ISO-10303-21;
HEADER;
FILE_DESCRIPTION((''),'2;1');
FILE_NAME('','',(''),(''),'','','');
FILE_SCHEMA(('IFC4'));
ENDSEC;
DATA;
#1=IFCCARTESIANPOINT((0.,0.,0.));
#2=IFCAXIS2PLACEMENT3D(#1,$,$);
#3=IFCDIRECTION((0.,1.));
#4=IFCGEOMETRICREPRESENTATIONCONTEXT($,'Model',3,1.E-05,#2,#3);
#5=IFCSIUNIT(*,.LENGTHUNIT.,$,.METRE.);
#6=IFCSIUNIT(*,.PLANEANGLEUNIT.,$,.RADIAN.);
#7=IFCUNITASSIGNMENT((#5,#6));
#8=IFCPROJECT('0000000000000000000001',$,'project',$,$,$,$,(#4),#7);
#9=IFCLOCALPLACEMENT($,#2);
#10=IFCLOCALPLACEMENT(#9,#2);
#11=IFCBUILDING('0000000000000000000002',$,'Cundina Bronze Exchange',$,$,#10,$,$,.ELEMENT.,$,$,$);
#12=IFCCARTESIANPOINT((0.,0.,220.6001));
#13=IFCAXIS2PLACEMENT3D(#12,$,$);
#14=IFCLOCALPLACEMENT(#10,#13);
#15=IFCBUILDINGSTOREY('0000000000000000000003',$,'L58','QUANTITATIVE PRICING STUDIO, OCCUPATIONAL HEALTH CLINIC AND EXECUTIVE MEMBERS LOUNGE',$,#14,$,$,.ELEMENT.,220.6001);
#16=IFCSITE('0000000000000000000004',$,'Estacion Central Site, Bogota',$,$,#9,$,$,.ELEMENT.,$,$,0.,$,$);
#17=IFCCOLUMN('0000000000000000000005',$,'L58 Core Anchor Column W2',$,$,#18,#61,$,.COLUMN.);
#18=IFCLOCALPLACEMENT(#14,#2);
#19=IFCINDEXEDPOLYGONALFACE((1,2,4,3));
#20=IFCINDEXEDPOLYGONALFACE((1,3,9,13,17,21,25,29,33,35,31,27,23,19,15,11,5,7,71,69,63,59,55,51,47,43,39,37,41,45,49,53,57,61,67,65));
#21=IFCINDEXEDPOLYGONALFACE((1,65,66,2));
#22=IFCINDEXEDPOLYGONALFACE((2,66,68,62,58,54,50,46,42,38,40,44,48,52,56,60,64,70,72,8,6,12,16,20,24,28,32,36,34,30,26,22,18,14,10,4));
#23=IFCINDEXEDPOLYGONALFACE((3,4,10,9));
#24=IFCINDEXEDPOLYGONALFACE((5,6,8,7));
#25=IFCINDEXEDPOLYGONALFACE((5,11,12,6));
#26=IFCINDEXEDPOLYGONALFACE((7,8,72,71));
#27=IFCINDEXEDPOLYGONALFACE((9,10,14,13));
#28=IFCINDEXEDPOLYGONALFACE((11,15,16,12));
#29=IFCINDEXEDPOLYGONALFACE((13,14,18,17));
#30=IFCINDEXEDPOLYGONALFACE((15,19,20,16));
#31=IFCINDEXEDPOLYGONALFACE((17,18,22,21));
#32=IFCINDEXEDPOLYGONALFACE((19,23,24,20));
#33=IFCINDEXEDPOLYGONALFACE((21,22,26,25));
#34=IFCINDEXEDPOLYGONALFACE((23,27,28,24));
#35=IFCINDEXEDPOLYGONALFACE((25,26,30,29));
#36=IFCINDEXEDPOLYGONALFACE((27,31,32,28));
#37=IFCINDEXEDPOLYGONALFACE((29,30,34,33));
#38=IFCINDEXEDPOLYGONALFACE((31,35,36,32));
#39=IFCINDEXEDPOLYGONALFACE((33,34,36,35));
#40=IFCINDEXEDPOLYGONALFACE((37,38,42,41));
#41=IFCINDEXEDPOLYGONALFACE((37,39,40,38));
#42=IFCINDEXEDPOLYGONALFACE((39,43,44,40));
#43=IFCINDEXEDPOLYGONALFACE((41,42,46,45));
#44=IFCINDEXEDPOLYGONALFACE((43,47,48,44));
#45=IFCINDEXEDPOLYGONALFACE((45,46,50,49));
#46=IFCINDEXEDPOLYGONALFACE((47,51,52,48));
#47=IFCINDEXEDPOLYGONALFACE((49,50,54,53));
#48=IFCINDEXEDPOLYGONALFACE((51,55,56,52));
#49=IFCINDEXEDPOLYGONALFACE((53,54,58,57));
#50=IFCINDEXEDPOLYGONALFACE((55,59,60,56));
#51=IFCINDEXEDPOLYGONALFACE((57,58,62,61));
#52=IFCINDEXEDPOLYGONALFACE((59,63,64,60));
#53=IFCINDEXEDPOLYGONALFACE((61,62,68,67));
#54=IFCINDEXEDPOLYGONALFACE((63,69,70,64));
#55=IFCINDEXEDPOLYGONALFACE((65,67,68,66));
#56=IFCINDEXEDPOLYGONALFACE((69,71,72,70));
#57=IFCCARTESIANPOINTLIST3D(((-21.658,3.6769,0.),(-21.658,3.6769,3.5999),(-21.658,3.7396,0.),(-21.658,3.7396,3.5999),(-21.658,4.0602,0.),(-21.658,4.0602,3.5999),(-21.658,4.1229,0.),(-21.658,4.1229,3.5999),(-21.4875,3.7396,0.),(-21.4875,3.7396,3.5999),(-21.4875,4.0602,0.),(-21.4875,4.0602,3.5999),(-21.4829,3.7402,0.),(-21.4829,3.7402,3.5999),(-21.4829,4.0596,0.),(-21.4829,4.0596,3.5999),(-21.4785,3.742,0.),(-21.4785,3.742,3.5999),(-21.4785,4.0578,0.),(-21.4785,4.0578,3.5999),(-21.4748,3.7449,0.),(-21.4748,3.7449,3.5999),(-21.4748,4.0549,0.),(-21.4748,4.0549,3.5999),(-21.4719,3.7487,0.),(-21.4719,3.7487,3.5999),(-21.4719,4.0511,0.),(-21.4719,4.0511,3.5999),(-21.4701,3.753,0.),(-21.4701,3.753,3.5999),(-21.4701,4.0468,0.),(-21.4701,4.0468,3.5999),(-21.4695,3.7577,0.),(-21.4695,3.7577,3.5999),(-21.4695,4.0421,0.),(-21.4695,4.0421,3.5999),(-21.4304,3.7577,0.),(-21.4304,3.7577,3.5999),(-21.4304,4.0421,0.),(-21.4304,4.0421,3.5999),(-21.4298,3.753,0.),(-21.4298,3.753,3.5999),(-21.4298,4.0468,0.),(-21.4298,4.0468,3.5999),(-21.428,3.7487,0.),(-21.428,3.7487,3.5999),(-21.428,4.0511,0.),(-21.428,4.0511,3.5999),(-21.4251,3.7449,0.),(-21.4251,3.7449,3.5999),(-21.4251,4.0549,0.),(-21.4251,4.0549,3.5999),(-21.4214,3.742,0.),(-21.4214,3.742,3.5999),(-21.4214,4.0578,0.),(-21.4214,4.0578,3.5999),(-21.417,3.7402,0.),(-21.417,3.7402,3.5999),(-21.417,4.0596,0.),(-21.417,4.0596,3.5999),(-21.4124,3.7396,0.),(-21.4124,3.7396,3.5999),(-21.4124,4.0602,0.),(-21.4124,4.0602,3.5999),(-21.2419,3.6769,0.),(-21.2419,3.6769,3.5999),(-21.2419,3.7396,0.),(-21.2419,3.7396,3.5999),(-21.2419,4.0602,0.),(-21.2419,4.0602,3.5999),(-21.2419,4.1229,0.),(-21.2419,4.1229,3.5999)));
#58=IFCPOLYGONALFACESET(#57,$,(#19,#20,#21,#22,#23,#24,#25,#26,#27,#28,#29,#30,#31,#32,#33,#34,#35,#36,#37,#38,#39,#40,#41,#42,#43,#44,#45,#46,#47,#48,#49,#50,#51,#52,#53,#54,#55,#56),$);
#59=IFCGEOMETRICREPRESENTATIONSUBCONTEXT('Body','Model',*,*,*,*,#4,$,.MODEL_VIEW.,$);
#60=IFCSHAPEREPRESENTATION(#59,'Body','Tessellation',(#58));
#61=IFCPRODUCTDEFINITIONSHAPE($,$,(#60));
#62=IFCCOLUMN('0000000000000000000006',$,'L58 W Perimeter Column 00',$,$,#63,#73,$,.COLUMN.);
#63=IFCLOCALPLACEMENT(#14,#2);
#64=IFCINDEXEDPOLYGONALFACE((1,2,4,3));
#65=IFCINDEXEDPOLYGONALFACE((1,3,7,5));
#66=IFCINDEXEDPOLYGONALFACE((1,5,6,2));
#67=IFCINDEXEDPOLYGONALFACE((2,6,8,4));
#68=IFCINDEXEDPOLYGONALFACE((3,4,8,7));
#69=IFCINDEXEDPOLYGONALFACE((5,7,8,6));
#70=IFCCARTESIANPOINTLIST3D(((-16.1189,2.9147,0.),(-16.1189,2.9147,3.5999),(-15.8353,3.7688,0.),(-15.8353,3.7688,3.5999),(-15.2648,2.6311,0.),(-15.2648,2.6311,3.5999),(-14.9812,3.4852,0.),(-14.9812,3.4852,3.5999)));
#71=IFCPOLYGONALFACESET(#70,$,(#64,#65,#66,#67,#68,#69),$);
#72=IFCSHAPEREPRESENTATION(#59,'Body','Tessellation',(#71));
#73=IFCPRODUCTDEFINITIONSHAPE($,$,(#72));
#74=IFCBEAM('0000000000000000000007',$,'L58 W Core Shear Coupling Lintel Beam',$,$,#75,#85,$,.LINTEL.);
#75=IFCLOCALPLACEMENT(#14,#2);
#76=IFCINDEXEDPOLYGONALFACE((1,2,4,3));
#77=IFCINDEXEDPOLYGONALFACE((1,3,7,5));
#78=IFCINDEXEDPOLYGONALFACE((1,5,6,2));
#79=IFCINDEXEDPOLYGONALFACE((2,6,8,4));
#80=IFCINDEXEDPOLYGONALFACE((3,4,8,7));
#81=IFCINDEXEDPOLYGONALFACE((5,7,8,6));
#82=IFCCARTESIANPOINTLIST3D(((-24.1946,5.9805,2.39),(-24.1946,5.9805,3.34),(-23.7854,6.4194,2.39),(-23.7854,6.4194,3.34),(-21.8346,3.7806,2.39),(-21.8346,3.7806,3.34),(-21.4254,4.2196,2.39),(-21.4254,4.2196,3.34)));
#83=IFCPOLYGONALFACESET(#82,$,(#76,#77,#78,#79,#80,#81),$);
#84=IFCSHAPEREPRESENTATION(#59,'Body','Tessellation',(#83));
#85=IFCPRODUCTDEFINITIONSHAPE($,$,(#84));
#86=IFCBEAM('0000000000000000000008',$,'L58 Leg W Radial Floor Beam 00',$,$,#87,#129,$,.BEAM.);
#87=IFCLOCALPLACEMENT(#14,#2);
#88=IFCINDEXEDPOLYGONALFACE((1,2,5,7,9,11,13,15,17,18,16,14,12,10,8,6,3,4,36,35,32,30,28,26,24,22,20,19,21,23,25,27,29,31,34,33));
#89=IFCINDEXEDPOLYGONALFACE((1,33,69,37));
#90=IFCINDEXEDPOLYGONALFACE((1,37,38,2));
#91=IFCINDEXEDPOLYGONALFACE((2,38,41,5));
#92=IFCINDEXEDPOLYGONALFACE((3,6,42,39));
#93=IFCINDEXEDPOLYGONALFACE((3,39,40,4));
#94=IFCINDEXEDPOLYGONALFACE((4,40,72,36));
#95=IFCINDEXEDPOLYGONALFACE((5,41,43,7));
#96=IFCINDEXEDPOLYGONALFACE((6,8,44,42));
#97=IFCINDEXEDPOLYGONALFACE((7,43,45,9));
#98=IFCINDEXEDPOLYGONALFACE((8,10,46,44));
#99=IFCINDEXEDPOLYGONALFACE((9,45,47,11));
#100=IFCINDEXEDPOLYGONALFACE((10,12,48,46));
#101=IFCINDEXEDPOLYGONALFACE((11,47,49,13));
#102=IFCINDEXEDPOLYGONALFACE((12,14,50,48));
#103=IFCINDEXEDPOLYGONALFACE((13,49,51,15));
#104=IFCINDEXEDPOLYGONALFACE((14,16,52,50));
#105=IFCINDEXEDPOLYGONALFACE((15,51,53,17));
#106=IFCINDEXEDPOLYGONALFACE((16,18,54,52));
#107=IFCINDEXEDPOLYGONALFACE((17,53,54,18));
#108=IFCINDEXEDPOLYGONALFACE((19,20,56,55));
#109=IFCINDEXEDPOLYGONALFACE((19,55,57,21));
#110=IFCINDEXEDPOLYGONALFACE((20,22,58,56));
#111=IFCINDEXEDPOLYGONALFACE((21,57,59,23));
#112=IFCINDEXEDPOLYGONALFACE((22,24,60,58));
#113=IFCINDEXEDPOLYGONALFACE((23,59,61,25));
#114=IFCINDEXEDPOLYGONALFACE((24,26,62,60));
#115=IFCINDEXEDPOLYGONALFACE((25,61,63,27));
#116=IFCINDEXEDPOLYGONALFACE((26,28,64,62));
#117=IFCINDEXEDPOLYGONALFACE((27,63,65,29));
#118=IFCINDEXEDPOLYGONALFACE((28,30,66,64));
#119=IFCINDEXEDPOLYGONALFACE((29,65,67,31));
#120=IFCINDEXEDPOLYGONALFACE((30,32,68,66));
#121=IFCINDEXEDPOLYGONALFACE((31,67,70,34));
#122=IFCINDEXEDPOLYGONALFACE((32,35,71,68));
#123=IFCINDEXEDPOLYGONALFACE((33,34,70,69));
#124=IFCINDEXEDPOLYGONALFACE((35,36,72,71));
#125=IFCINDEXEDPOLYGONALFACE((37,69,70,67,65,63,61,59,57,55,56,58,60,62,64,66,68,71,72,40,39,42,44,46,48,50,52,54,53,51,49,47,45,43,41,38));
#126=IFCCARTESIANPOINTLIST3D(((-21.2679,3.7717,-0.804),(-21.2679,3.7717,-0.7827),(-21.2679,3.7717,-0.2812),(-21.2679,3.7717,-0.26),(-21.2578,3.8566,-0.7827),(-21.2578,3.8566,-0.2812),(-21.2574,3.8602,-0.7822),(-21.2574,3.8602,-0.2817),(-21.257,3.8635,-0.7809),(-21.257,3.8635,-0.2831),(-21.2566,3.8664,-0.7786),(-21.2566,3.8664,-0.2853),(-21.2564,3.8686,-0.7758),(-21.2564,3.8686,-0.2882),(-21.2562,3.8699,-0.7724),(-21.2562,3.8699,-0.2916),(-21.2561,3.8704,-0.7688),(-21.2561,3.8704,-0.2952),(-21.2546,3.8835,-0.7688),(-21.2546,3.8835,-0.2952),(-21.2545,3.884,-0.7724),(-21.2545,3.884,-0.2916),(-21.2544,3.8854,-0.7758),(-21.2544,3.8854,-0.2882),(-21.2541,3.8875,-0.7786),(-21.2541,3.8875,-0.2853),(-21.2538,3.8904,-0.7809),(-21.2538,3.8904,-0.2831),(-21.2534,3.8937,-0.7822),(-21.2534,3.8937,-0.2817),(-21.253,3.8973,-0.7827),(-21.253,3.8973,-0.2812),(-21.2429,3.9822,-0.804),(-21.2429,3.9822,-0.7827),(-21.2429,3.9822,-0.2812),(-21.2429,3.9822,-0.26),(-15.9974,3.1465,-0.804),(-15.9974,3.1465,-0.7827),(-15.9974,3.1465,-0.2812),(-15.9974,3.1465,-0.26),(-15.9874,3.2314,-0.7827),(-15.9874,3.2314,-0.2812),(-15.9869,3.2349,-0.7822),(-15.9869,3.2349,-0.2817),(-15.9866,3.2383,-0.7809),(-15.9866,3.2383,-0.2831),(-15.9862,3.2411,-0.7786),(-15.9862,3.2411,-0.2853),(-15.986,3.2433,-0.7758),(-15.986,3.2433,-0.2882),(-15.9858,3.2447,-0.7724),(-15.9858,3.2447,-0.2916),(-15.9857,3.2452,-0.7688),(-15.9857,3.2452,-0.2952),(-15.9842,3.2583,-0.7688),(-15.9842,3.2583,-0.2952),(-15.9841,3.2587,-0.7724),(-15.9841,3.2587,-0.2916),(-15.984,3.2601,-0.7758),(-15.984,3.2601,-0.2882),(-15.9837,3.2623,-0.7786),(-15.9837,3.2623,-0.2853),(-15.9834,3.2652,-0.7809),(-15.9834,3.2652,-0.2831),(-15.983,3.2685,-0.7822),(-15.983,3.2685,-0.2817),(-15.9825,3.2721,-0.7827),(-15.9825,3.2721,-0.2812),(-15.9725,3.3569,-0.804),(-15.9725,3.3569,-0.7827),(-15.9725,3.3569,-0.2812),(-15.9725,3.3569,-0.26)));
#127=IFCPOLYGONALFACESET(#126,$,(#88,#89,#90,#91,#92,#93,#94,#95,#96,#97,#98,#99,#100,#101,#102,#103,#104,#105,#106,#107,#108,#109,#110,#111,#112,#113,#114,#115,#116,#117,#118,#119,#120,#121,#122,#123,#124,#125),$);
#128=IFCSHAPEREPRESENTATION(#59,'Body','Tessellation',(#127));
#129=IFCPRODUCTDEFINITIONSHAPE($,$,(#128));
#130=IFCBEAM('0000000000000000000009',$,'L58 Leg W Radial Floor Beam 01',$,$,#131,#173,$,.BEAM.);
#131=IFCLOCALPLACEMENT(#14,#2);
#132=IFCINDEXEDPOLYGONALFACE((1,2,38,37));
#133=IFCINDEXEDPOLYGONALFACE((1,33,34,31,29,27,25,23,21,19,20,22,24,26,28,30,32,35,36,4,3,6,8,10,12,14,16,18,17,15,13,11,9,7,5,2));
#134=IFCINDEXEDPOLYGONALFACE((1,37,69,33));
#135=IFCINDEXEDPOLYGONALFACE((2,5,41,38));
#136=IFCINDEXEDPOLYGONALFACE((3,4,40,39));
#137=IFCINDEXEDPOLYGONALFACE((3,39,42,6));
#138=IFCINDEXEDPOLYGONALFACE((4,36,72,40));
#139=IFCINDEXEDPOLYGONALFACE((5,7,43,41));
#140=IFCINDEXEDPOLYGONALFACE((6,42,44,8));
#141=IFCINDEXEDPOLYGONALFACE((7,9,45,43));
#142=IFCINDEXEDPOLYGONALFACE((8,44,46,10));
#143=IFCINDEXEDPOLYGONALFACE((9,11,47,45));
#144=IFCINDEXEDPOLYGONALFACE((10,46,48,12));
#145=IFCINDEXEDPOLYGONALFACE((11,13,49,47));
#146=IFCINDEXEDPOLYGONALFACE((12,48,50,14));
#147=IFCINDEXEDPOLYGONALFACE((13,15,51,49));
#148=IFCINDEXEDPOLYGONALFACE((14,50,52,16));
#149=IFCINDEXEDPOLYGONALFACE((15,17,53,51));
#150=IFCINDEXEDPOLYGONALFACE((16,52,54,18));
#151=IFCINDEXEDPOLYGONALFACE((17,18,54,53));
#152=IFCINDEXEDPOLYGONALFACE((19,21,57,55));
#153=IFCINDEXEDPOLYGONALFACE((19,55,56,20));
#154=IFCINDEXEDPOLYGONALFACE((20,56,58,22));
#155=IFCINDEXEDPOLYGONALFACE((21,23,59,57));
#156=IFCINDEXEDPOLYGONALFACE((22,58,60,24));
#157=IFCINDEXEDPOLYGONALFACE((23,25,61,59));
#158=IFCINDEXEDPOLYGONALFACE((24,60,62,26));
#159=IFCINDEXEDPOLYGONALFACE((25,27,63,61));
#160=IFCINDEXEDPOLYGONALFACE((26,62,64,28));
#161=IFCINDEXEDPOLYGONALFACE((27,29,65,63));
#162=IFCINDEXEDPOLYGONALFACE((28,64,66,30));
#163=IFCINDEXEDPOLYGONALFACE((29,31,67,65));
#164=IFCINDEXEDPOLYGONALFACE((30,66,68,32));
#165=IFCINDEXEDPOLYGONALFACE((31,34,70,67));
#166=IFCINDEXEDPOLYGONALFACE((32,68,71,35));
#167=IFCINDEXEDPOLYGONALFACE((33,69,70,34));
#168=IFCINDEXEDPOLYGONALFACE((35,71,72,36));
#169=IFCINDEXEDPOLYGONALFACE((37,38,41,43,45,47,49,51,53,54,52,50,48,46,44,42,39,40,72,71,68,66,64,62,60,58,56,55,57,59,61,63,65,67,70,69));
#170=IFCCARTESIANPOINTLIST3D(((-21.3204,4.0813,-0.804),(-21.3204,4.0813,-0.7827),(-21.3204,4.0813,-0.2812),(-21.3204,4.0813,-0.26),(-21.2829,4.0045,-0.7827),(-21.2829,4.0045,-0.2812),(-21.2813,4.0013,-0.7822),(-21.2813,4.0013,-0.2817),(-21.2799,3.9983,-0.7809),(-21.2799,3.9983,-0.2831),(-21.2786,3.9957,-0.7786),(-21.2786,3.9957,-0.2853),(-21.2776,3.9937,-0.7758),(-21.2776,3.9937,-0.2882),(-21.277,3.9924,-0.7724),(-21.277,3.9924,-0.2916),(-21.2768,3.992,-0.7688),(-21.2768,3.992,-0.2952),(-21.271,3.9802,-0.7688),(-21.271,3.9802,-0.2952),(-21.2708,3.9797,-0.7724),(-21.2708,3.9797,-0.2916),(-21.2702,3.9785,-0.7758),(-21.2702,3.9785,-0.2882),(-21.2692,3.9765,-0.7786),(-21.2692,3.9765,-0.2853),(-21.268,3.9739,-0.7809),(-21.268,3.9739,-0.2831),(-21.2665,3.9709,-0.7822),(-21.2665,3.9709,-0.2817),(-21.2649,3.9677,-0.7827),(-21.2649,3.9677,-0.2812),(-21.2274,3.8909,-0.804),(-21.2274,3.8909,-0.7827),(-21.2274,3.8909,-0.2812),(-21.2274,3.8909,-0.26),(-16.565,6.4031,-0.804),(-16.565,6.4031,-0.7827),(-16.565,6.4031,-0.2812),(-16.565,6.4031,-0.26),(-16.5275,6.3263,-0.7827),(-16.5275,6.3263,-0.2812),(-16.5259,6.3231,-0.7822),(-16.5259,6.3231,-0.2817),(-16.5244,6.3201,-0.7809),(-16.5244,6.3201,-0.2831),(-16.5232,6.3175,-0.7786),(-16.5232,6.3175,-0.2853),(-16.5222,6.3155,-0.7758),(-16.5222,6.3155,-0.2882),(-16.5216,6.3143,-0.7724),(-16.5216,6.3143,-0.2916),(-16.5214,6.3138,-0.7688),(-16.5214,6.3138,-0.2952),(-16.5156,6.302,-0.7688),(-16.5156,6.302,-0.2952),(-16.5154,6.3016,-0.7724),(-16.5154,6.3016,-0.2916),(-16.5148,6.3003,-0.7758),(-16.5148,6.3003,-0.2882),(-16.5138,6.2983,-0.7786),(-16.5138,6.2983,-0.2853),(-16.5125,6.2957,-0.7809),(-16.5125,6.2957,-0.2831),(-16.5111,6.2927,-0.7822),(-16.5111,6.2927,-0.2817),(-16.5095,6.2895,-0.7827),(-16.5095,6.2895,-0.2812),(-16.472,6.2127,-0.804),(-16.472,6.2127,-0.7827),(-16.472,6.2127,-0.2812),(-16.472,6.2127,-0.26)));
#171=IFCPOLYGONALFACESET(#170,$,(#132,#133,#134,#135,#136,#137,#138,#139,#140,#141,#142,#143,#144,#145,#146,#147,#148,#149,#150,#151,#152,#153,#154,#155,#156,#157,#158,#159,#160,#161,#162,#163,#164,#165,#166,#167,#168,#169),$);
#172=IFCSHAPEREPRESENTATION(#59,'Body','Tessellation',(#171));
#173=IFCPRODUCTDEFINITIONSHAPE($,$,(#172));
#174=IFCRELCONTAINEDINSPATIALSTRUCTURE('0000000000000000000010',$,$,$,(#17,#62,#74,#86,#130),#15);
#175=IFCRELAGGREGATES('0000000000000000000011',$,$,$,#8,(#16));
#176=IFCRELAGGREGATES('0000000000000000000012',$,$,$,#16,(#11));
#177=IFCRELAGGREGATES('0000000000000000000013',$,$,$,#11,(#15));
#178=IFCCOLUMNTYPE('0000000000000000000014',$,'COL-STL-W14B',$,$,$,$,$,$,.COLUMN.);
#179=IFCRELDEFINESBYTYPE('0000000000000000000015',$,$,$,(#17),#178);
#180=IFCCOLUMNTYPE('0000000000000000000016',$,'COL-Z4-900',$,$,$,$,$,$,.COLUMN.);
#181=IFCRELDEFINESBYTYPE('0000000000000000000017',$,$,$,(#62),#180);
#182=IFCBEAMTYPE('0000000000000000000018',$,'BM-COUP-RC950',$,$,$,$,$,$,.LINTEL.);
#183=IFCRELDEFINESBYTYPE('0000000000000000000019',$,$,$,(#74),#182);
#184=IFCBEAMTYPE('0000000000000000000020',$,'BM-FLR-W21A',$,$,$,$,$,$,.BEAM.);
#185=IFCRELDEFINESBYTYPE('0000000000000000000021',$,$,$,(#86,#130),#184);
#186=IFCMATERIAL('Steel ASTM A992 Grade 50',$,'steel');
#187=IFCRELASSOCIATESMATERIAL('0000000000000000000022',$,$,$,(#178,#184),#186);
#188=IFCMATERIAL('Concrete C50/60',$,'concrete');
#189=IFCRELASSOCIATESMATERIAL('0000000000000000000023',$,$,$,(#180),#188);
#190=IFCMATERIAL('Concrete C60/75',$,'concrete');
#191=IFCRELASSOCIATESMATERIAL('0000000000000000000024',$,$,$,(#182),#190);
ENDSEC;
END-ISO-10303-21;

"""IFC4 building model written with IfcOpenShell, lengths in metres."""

from ifc_helpers import new_model, si_unit, direction, frame, origin, origin_2d, place, context, subcontext, project, spatial, rectangle, i_section, extrude, material, material_profile, profile_set, type_object, element, save


model = new_model("IFC4")

# Units and contexts
model_context = context("Model", 3, precision=1e-05, world=origin(), true_north=direction((0.0, 1.0)))
body_context = subcontext(model_context, "Body", "Model", "MODEL_VIEW")
ifc_project = project(units=[si_unit("LENGTHUNIT", "METRE"), si_unit("PLANEANGLEUNIT", "RADIAN")], contexts=[model_context])

# Site, building, storey
site_placement = place(None, origin())
site = spatial("IfcSite", under=ifc_project, at=site_placement, Name="Estacion Central Site, Bogota", CompositionType="ELEMENT", RefElevation=0.0)
building_placement = place(site_placement, origin())
building = spatial("IfcBuilding", under=site, at=building_placement, Name="Cundina Bronze Exchange", CompositionType="ELEMENT")
storey_placement = place(building_placement, frame((0.0, 0.0, 220.6001)))
storey = spatial("IfcBuildingStorey", under=building, at=storey_placement, Name="L58", Description="QUANTITATIVE PRICING STUDIO, OCCUPATIONAL HEALTH CLINIC AND EXECUTIVE MEMBERS LOUNGE", CompositionType="ELEMENT", Elevation=220.6001)

# Columns
ifc_material_1 = material(Name="Steel ASTM A992 Grade 50", Category="steel")
ifc_material_profile_1 = material_profile(ifc_material_1, i_section(OverallWidth=0.416, OverallDepth=0.446, WebThickness=0.0391, FlangeThickness=0.0627, FilletRadius=0.0181, at=origin_2d()), Name="W14X342", Category="steel")
ifc_profile_set_1 = profile_set([ifc_material_profile_1], Name="Steel ASTM A992 Grade 50")
column_type_1 = type_object("IfcColumnType", Name="COL-STL-W14B", PredefinedType="COLUMN", material=ifc_profile_set_1)
column_1_placement = place(storey_placement, frame((-21.45, 3.8999, 0.0), z_axis=(0.0, 0.0, 1.0), x_axis=(1.0, 0.0, 0.0)))
element("IfcColumn", 1, at=column_1_placement, inside=storey, type_object=column_type_1, Name="L58 Core Anchor Column W2", PredefinedType="COLUMN", context=body_context, shape_type="SweptSolid", body=[
    extrude(i_section(OverallWidth=0.416, OverallDepth=0.446, WebThickness=0.0391, FlangeThickness=0.0627, FilletRadius=0.0181, at=origin_2d()), origin(), (0.0, 0.0, 1.0), 3.5999),
])
ifc_material_2 = material(Name="Concrete C50/60", Category="concrete")
ifc_material_profile_2 = material_profile(ifc_material_2, rectangle(XDim=0.8999, YDim=0.8999, at=origin_2d()), Name="RC900X900", Category="concrete")
ifc_profile_set_2 = profile_set([ifc_material_profile_2], Name="Concrete C50/60")
column_type_2 = type_object("IfcColumnType", Name="COL-Z4-900", PredefinedType="COLUMN", material=ifc_profile_set_2)
column_2_placement = place(storey_placement, frame((-15.55, 3.2, 0.0), z_axis=(0.0, 0.0, 1.0), x_axis=(0.315152, 0.949041, 0.0)))
element("IfcColumn", 2, at=column_2_placement, inside=storey, type_object=column_type_2, Name="L58 W Perimeter Column 00", PredefinedType="COLUMN", context=body_context, shape_type="SweptSolid", body=[
    extrude(rectangle(XDim=0.8999, YDim=0.8999, at=origin_2d()), origin(), (0.0, 0.0, 1.0), 3.5999),
])

# Beams
ifc_material_3 = material(Name="Concrete C60/75", Category="concrete")
ifc_material_profile_3 = material_profile(ifc_material_3, rectangle(XDim=0.6001, YDim=0.95, at=origin_2d()), Name="RC600X950", Category="concrete")
ifc_profile_set_3 = profile_set([ifc_material_profile_3], Name="Concrete C60/75")
beam_type_1 = type_object("IfcBeamType", Name="BM-COUP-RC950", PredefinedType="LINTEL", material=ifc_profile_set_3)
beam_1_placement = place(storey_placement, frame((-23.99, 6.2, 2.865), z_axis=(0.73149, -0.681852, 0.0), x_axis=(0.681852, 0.73149, 0.0)))
element("IfcBeam", 3, at=beam_1_placement, inside=storey, type_object=beam_type_1, Name="L58 W Core Shear Coupling Lintel Beam", PredefinedType="LINTEL", context=body_context, shape_type="SweptSolid", body=[
    extrude(rectangle(XDim=0.6001, YDim=0.95, at=origin_2d()), origin(), (0.0, 0.0, 1.0), 3.2263),
])
ifc_material_profile_4 = material_profile(ifc_material_1, i_section(OverallWidth=0.2119, OverallDepth=0.5439, WebThickness=0.0132, FlangeThickness=0.0212, FilletRadius=0.0139, at=origin_2d()), Name="W21X83", Category="steel")
ifc_profile_set_4 = profile_set([ifc_material_profile_4], Name="Steel ASTM A992 Grade 50")
beam_type_2 = type_object("IfcBeamType", Name="BM-FLR-W21A", PredefinedType="BEAM", material=ifc_profile_set_4)
beam_2_placement = place(storey_placement, frame((-21.2554, 3.877, -0.532), z_axis=(0.993037, -0.117805, 0.0), x_axis=(0.117805, 0.993037, 0.0)))
element("IfcBeam", 4, at=beam_2_placement, inside=storey, type_object=beam_type_2, Name="L58 Leg W Radial Floor Beam 00", PredefinedType="BEAM", context=body_context, shape_type="SweptSolid", body=[
    extrude(i_section(OverallWidth=0.2119, OverallDepth=0.5439, WebThickness=0.0132, FlangeThickness=0.0212, FilletRadius=0.0139, at=origin_2d()), origin(), (0.0, 0.0, 1.0), 5.3074),
])
beam_3_placement = place(storey_placement, frame((-21.2739, 3.9861, -0.532), z_axis=(0.898613, 0.438742, 0.0), x_axis=(-0.438742, 0.898613, 0.0)))
element("IfcBeam", 5, at=beam_3_placement, inside=storey, type_object=beam_type_2, Name="L58 Leg W Radial Floor Beam 01", PredefinedType="BEAM", context=body_context, shape_type="SweptSolid", body=[
    extrude(i_section(OverallWidth=0.2119, OverallDepth=0.5439, WebThickness=0.0132, FlangeThickness=0.0212, FilletRadius=0.0139, at=origin_2d()), origin(), (0.0, 0.0, 1.0), 5.292),
])

save(model, "model.ifc")
